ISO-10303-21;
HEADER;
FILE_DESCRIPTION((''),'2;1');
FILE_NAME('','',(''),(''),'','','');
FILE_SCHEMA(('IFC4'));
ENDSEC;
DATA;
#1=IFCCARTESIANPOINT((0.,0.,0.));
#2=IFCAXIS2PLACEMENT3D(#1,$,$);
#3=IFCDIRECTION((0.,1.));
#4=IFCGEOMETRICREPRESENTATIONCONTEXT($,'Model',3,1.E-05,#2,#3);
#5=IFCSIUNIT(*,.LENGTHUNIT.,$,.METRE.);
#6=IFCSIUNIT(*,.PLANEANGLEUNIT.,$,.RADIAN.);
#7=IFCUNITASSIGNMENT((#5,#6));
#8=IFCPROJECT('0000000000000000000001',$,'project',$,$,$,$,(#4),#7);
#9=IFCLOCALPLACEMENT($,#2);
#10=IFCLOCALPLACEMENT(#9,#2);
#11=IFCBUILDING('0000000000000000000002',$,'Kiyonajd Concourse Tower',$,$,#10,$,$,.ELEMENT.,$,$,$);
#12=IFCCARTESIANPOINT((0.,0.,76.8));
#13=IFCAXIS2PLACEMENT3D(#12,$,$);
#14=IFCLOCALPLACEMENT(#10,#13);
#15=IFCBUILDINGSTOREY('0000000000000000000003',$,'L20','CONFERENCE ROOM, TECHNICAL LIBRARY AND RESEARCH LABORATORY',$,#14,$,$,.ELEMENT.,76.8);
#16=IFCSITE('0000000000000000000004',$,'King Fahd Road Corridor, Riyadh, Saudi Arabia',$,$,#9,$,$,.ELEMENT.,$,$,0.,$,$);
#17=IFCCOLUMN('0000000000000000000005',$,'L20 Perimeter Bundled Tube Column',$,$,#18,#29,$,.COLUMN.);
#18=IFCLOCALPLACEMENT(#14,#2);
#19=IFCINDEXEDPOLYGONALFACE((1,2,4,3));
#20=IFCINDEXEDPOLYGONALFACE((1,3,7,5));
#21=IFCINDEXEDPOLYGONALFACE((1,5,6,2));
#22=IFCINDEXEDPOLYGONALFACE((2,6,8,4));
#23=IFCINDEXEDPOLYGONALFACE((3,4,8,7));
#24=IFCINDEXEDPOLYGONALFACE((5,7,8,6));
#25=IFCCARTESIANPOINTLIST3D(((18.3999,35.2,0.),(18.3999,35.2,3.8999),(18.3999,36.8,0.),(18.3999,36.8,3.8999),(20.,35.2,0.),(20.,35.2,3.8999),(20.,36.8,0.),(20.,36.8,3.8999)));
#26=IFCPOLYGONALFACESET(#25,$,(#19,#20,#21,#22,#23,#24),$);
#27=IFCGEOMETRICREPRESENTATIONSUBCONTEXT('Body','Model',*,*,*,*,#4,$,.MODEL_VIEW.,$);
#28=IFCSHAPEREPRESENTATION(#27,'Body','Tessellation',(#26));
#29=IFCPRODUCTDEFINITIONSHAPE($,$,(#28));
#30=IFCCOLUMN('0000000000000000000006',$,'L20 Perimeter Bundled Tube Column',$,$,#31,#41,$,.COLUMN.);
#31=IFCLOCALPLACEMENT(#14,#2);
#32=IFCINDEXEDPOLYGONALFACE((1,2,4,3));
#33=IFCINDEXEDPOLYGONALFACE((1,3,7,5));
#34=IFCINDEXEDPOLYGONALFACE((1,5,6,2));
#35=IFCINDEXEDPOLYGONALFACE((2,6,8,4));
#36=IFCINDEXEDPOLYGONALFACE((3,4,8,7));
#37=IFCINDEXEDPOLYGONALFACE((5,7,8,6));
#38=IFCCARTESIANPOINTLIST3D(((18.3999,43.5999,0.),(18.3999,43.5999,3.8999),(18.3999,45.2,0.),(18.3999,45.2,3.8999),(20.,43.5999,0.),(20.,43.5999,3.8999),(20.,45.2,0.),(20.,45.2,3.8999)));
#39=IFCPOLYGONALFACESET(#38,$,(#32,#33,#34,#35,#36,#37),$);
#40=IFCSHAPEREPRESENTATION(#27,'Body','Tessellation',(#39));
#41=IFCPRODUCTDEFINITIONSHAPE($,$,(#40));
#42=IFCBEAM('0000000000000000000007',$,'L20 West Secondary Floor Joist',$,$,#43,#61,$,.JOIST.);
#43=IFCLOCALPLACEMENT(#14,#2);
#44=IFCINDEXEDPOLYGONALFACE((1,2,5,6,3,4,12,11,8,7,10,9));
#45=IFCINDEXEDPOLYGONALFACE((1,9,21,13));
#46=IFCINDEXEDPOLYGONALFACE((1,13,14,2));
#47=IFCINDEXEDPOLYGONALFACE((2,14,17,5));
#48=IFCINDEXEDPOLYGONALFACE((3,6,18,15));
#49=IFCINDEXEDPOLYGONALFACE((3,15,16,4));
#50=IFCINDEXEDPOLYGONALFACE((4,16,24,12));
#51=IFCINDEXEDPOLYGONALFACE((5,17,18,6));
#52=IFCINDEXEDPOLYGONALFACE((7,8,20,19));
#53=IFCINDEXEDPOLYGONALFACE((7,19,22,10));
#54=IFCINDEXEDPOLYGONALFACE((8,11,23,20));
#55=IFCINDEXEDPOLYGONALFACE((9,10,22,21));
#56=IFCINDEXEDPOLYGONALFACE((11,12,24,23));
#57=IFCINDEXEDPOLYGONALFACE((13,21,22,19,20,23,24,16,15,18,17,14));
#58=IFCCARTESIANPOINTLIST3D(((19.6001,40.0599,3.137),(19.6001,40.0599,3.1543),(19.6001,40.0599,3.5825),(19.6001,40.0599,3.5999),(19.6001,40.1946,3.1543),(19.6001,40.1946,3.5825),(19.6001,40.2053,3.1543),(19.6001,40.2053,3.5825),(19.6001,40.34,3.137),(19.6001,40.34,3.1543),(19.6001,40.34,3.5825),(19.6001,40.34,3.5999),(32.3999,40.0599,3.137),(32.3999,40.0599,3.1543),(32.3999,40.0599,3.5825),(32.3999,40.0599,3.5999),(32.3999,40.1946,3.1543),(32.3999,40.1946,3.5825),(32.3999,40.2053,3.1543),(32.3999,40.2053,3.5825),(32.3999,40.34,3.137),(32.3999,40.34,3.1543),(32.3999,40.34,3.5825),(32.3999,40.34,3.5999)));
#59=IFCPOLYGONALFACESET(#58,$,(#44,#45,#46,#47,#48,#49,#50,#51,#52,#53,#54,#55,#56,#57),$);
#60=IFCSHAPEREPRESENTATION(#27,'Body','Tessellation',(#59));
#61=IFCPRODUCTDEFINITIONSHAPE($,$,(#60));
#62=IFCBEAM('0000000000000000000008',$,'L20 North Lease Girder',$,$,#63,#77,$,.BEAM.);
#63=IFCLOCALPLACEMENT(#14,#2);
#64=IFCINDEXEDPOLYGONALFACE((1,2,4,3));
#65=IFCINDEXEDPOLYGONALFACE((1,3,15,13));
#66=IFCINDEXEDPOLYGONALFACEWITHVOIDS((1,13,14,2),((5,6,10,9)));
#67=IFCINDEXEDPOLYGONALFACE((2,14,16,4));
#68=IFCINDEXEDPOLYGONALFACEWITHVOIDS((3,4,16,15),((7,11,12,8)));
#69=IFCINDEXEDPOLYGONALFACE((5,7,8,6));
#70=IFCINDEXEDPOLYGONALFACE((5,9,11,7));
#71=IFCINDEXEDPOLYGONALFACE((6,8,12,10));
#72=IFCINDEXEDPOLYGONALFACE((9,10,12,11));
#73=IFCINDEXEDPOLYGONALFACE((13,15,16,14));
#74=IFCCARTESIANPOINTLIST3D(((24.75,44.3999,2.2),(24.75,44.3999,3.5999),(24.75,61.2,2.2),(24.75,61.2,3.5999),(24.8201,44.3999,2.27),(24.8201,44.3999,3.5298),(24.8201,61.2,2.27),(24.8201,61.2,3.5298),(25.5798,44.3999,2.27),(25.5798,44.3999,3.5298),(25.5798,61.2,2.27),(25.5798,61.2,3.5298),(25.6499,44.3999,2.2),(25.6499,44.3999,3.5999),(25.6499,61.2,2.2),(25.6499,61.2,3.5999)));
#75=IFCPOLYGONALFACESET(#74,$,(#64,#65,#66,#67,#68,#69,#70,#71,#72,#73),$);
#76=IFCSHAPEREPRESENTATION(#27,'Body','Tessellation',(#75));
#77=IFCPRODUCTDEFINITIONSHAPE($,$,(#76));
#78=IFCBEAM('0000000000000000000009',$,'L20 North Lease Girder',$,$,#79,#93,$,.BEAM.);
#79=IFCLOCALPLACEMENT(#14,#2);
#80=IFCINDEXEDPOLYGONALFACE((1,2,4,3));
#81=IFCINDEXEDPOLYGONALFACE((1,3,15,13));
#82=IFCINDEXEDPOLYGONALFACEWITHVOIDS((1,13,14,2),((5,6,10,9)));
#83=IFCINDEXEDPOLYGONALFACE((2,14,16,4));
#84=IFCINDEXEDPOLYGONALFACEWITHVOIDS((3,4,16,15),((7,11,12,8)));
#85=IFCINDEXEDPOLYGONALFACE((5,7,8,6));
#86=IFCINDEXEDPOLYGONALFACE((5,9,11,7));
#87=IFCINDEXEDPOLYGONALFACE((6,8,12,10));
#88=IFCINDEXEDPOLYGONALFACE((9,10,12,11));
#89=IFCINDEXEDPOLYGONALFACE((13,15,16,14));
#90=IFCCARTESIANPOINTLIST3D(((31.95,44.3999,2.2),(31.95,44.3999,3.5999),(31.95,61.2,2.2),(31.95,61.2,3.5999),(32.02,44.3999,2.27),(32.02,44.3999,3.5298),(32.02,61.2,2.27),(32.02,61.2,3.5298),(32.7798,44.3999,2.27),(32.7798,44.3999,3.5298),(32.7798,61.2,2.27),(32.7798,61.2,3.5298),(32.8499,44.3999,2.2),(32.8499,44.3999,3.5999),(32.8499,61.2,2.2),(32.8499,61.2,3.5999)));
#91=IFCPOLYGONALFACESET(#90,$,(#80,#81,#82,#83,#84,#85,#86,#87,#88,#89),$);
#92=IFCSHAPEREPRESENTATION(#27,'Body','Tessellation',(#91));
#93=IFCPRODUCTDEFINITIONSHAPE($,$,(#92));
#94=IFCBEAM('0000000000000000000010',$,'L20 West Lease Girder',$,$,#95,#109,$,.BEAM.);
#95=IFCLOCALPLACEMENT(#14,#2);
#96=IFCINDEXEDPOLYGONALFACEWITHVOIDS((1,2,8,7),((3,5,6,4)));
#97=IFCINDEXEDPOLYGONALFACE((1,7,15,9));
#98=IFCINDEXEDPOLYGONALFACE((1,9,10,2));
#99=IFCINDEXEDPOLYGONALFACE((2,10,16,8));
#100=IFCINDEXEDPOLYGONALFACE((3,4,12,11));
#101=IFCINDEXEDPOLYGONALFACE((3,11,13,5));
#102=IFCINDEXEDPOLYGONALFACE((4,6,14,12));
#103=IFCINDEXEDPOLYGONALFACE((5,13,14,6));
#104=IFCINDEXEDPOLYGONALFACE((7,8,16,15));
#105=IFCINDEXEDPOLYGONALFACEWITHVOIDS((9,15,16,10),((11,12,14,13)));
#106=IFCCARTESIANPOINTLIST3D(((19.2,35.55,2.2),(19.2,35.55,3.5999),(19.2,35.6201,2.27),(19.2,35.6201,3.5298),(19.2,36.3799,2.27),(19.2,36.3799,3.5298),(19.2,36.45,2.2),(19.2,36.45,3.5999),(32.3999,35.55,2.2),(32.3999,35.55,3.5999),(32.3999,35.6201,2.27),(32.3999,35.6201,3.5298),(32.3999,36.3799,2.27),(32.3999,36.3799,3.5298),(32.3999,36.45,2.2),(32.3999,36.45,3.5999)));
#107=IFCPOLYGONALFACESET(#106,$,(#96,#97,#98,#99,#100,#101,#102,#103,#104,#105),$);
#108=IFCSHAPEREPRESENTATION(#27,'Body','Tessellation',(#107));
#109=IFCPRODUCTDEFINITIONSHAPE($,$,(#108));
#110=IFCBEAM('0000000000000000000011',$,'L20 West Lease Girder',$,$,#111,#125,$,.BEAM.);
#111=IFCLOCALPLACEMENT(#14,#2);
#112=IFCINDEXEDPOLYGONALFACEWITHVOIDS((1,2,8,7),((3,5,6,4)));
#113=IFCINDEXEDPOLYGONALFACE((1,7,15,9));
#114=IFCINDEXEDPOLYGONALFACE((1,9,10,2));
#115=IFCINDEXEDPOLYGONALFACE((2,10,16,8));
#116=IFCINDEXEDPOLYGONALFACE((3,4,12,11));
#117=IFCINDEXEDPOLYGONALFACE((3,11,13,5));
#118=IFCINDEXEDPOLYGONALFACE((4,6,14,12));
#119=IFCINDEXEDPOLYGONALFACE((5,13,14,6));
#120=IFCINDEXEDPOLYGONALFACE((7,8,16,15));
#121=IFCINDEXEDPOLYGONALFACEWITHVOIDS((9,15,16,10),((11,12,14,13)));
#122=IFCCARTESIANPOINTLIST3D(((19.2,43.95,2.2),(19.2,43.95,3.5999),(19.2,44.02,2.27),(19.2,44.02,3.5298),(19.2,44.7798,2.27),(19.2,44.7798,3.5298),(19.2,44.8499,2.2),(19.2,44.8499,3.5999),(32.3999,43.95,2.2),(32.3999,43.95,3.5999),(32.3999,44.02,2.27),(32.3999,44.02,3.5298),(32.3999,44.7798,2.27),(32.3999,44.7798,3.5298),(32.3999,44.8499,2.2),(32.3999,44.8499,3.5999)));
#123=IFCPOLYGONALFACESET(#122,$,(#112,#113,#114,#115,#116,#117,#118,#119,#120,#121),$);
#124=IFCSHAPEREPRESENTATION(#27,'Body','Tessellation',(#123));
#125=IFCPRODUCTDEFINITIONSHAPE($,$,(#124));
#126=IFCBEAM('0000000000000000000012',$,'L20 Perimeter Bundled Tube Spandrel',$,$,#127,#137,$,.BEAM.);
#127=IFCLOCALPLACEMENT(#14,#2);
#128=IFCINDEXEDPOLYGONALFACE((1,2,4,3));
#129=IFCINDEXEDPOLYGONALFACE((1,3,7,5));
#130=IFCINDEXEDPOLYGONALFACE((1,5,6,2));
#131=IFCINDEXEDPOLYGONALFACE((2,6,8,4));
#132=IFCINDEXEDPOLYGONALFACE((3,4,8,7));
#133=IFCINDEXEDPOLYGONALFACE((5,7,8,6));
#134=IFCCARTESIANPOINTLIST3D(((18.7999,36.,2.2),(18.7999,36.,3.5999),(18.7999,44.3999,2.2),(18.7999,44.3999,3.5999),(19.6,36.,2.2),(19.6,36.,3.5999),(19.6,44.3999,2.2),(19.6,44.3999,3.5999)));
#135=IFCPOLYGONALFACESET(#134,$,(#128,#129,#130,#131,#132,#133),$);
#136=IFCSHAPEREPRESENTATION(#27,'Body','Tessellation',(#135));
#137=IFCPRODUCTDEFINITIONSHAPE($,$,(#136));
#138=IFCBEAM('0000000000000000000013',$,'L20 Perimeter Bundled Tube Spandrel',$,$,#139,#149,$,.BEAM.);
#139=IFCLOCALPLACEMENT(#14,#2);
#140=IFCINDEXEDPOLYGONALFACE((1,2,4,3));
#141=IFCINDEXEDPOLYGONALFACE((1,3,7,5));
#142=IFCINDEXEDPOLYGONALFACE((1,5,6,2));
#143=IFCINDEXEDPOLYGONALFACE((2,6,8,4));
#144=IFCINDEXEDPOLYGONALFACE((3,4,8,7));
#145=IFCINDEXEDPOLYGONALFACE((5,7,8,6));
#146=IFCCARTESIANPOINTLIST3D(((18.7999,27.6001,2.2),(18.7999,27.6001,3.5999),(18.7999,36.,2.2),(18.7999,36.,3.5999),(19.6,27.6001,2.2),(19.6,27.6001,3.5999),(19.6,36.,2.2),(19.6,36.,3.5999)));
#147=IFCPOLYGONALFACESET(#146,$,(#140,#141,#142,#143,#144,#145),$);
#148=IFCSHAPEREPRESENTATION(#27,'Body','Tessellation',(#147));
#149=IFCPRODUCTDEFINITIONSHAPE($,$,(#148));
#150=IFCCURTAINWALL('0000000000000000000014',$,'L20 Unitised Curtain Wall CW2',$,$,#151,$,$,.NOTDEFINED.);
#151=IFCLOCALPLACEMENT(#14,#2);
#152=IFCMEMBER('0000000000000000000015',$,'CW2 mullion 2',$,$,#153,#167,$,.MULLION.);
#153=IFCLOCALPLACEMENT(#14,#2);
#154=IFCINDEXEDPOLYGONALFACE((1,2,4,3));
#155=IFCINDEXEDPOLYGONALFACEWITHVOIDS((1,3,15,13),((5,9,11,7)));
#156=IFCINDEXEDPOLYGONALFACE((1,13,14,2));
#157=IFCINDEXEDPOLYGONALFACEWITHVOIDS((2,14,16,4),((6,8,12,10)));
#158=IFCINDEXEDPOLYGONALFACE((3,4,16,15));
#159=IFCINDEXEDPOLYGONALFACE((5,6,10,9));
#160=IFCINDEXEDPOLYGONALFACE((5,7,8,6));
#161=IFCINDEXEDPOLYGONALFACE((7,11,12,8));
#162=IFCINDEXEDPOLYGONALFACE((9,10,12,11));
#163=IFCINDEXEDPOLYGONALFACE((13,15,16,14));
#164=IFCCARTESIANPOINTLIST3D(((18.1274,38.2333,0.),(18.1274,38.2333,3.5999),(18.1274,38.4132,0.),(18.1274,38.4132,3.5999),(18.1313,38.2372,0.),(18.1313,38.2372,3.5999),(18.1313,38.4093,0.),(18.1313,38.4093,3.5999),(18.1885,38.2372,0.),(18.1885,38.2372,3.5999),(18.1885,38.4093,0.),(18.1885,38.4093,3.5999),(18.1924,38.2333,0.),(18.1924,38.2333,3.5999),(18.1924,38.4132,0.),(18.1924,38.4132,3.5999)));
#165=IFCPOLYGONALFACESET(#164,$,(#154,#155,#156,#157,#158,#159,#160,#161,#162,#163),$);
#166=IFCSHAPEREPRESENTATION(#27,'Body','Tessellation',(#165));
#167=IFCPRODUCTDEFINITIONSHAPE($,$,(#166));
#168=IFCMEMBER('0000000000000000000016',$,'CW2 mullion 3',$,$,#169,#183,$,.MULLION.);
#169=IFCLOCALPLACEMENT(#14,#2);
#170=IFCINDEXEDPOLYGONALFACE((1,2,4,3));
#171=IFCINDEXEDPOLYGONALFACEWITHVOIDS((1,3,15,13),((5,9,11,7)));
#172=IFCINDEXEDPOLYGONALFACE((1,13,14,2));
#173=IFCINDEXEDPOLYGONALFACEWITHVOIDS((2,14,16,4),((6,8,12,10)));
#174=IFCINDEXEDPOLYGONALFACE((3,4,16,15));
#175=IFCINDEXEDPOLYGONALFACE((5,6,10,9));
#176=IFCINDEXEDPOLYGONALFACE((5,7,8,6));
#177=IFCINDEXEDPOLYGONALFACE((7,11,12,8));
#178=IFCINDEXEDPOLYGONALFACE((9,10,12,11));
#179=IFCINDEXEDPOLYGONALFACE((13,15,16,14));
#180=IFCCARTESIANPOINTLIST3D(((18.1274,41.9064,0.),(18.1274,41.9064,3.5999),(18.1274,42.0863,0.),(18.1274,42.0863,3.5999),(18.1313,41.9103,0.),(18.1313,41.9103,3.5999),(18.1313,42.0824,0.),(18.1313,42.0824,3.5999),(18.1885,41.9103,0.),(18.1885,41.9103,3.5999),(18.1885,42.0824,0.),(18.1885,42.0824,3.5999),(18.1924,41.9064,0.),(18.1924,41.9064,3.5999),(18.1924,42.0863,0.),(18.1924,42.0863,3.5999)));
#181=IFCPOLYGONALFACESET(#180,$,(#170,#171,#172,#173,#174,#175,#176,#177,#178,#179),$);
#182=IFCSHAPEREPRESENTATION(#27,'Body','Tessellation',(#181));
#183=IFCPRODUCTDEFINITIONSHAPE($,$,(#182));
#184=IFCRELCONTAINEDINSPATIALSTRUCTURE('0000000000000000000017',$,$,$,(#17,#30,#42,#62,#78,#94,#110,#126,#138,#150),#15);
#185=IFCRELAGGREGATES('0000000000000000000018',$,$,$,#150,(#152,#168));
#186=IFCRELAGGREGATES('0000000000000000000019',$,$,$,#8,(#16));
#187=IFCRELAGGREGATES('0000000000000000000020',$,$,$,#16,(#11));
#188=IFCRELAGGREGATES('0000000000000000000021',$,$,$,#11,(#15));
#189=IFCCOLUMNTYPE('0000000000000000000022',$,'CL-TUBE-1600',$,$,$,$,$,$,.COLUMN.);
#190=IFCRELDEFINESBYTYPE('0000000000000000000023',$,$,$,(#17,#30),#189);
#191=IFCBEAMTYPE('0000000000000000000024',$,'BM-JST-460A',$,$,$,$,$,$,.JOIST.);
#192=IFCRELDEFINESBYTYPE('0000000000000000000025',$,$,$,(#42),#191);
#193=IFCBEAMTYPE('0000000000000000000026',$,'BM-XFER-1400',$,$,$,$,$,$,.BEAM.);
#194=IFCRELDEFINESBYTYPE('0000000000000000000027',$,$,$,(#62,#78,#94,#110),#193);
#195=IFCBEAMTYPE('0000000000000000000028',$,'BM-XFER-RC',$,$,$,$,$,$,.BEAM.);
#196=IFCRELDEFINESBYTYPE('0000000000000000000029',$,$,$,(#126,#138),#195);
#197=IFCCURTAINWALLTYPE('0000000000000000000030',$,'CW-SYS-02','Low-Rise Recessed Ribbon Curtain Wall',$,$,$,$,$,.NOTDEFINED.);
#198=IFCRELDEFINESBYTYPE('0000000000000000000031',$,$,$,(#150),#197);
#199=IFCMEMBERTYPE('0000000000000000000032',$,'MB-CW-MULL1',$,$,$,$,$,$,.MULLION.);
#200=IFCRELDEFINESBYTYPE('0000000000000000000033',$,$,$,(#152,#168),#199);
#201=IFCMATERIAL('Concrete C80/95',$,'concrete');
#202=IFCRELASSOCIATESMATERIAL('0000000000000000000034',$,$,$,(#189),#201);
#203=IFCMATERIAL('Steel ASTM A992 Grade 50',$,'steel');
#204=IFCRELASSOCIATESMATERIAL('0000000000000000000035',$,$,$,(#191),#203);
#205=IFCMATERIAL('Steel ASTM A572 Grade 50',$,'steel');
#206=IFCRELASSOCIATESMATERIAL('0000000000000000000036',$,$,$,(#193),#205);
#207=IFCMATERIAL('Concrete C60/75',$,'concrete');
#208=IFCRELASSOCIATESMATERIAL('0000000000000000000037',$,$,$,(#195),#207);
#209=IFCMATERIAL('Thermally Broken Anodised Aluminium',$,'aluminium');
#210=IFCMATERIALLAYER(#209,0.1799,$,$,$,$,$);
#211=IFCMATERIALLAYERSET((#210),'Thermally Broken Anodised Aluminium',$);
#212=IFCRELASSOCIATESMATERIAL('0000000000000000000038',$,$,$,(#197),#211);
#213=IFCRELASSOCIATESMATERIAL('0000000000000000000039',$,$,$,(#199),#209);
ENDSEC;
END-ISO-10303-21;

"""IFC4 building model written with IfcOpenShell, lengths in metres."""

from ifc_helpers import new_model, si_unit, direction, frame, origin, origin_2d, place, context, subcontext, project, spatial, rectangle, hollow_rectangle, i_section, extrude, material, layer, layer_set, material_profile, profile_set, type_object, element, aggregate, save


model = new_model("IFC4")

# Units and contexts
model_context = context("Model", 3, precision=1e-05, world=origin(), true_north=direction((0.0, 1.0)))
body_context = subcontext(model_context, "Body", "Model", "MODEL_VIEW")
ifc_project = project(units=[si_unit("LENGTHUNIT", "METRE"), si_unit("PLANEANGLEUNIT", "RADIAN")], contexts=[model_context])

# Site, building, storey
site_placement = place(None, origin())
site = spatial("IfcSite", under=ifc_project, at=site_placement, Name="King Fahd Road Corridor, Riyadh, Saudi Arabia", CompositionType="ELEMENT", RefElevation=0.0)
building_placement = place(site_placement, origin())
building = spatial("IfcBuilding", under=site, at=building_placement, Name="Kiyonajd Concourse Tower", CompositionType="ELEMENT")
storey_placement = place(building_placement, frame((0.0, 0.0, 76.8)))
storey = spatial("IfcBuildingStorey", under=building, at=storey_placement, Name="L20", Description="CONFERENCE ROOM, TECHNICAL LIBRARY AND RESEARCH LABORATORY", CompositionType="ELEMENT", Elevation=76.8)

# Columns
ifc_material_1 = material(Name="Concrete C80/95", Category="concrete")
ifc_material_profile_1 = material_profile(ifc_material_1, rectangle(XDim=1.6001, YDim=1.6001, at=origin_2d()), Name="RC-1600x1600")
ifc_profile_set_1 = profile_set([ifc_material_profile_1], Name="Concrete C80/95")
column_type = type_object("IfcColumnType", Name="CL-TUBE-1600", PredefinedType="COLUMN", material=ifc_profile_set_1)
for number, where, z_axis, x_axis, name in (
    (1, (19.2, 36.0, 0.0), (0.0, 0.0, 1.0), (1.0, 0.0, 0.0), "L20 Perimeter Bundled Tube Column"),
    (2, (19.2, 44.3999, 0.0), (0.0, 0.0, 1.0), (1.0, 0.0, 0.0), "L20 Perimeter Bundled Tube Column"),
):
    element("IfcColumn", number, at=place(storey_placement, frame(where, z_axis=z_axis, x_axis=x_axis)), inside=storey, type_object=column_type, Name=name, PredefinedType="COLUMN", context=body_context, shape_type="SweptSolid", body=[
        extrude(rectangle(XDim=1.6001, YDim=1.6001, at=origin_2d()), origin(), (0.0, 0.0, 1.0), 3.8999),
    ])

# Beams
ifc_material_2 = material(Name="Steel ASTM A992 Grade 50", Category="steel")
ifc_material_profile_2 = material_profile(ifc_material_2, i_section(OverallWidth=0.28, OverallDepth=0.4629, WebThickness=0.0107, FlangeThickness=0.0173, at=origin_2d()), Name="W460X113")
ifc_profile_set_2 = profile_set([ifc_material_profile_2], Name="Steel ASTM A992 Grade 50")
beam_type_1 = type_object("IfcBeamType", Name="BM-JST-460A", PredefinedType="JOIST", material=ifc_profile_set_2)
beam_placement = place(storey_placement, frame((19.6001, 40.2, 3.3684), z_axis=(1.0, 0.0, 0.0), x_axis=(0.0, 1.0, 0.0)))
element("IfcBeam", 3, at=beam_placement, inside=storey, type_object=beam_type_1, Name="L20 West Secondary Floor Joist", PredefinedType="JOIST", context=body_context, shape_type="SweptSolid", body=[
    extrude(i_section(OverallWidth=0.28, OverallDepth=0.4629, WebThickness=0.0107, FlangeThickness=0.0173, at=origin_2d()), origin(), (0.0, 0.0, 1.0), 12.7998),
])
ifc_material_3 = material(Name="Steel ASTM A572 Grade 50", Category="steel")
ifc_material_profile_3 = material_profile(ifc_material_3, hollow_rectangle(XDim=0.8999, YDim=1.3999, WallThickness=0.0701, at=origin_2d()), Name="BOX-1400x900x70")
ifc_profile_set_3 = profile_set([ifc_material_profile_3], Name="Steel ASTM A572 Grade 50")
beam_type_2 = type_object("IfcBeamType", Name="BM-XFER-1400", PredefinedType="BEAM", material=ifc_profile_set_3)
for number, where, z_axis, x_axis, name in (
    (4, (25.2, 44.3999, 2.8999), (0.0, 1.0, 0.0), (-1.0, 0.0, 0.0), "L20 North Lease Girder"),
    (5, (32.3999, 44.3999, 2.8999), (0.0, 1.0, 0.0), (-1.0, 0.0, 0.0), "L20 North Lease Girder"),
):
    element("IfcBeam", number, at=place(storey_placement, frame(where, z_axis=z_axis, x_axis=x_axis)), inside=storey, type_object=beam_type_2, Name=name, PredefinedType="BEAM", context=body_context, shape_type="SweptSolid", body=[
        extrude(hollow_rectangle(XDim=0.8999, YDim=1.3999, WallThickness=0.0701, at=origin_2d()), origin(), (0.0, 0.0, 1.0), 16.8),
    ])
for number, where, z_axis, x_axis, name in (
    (6, (19.2, 36.0, 2.8999), (1.0, 0.0, 0.0), (0.0, 1.0, 0.0), "L20 West Lease Girder"),
    (7, (19.2, 44.3999, 2.8999), (1.0, 0.0, 0.0), (0.0, 1.0, 0.0), "L20 West Lease Girder"),
):
    element("IfcBeam", number, at=place(storey_placement, frame(where, z_axis=z_axis, x_axis=x_axis)), inside=storey, type_object=beam_type_2, Name=name, PredefinedType="BEAM", context=body_context, shape_type="SweptSolid", body=[
        extrude(hollow_rectangle(XDim=0.8999, YDim=1.3999, WallThickness=0.0701, at=origin_2d()), origin(), (0.0, 0.0, 1.0), 13.2),
    ])
ifc_material_4 = material(Name="Concrete C60/75", Category="concrete")
ifc_material_profile_4 = material_profile(ifc_material_4, rectangle(XDim=0.8, YDim=1.3999, at=origin_2d()), Name="RCBM-800x1400")
ifc_profile_set_4 = profile_set([ifc_material_profile_4], Name="Concrete C60/75")
beam_type_3 = type_object("IfcBeamType", Name="BM-XFER-RC", PredefinedType="BEAM", material=ifc_profile_set_4)
for number, where, z_axis, x_axis, name in (
    (8, (19.2, 44.3999, 2.8999), (0.0, -1.0, 0.0), (1.0, 0.0, 0.0), "L20 Perimeter Bundled Tube Spandrel"),
    (9, (19.2, 36.0, 2.8999), (0.0, -1.0, 0.0), (1.0, 0.0, 0.0), "L20 Perimeter Bundled Tube Spandrel"),
):
    element("IfcBeam", number, at=place(storey_placement, frame(where, z_axis=z_axis, x_axis=x_axis)), inside=storey, type_object=beam_type_3, Name=name, PredefinedType="BEAM", context=body_context, shape_type="SweptSolid", body=[
        extrude(rectangle(XDim=0.8, YDim=1.3999, at=origin_2d()), origin(), (0.0, 0.0, 1.0), 8.3999),
    ])

# Curtain wall, members
ifc_material_5 = material(Name="Thermally Broken Anodised Aluminium", Category="aluminium")
ifc_layer_1 = layer(ifc_material_5, 0.1799)
ifc_layer_set_1 = layer_set([ifc_layer_1], Name="Thermally Broken Anodised Aluminium")
curtain_wall_type = type_object("IfcCurtainWallType", Name="CW-SYS-02", Description="Low-Rise Recessed Ribbon Curtain Wall", PredefinedType="NOTDEFINED", material=ifc_layer_set_1)
curtain_wall_placement = place(storey_placement, origin())
curtain_wall = element("IfcCurtainWall", 10, at=curtain_wall_placement, inside=storey, type_object=curtain_wall_type, Name="L20 Unitised Curtain Wall CW2", PredefinedType="NOTDEFINED")
ifc_material_profile_5 = material_profile(ifc_material_5, hollow_rectangle(XDim=0.0649, YDim=0.1799, WallThickness=0.0039, at=origin_2d()), Name="MULL-65x180")
ifc_profile_set_5 = profile_set([ifc_material_profile_5], Name="Thermally Broken Anodised Aluminium")
member_type_1 = type_object("IfcMemberType", Name="MB-CW-MULL1", PredefinedType="MULLION", material=ifc_profile_set_5)
member_1_placement = place(storey_placement, frame((18.1599, 38.3232, 0.0), z_axis=(0.0, 0.0, 1.0), x_axis=(-1.0, 0.0, 0.0)))
member_1 = element("IfcMember", 11, at=member_1_placement, type_object=member_type_1, Name="CW2 mullion 2", PredefinedType="MULLION", context=body_context, shape_type="SweptSolid", body=[
    extrude(hollow_rectangle(XDim=0.0649, YDim=0.1799, WallThickness=0.0039, at=origin_2d()), origin(), (0.0, 0.0, 1.0), 3.5999),
])
member_2_placement = place(storey_placement, frame((18.1599, 41.9963, 0.0), z_axis=(0.0, 0.0, 1.0), x_axis=(-1.0, 0.0, 0.0)))
member_2 = element("IfcMember", 12, at=member_2_placement, type_object=member_type_1, Name="CW2 mullion 3", PredefinedType="MULLION", context=body_context, shape_type="SweptSolid", body=[
    extrude(hollow_rectangle(XDim=0.0649, YDim=0.1799, WallThickness=0.0039, at=origin_2d()), origin(), (0.0, 0.0, 1.0), 3.5999),
])

aggregate(curtain_wall, [member_1, member_2])

save(model, "model.ifc")
